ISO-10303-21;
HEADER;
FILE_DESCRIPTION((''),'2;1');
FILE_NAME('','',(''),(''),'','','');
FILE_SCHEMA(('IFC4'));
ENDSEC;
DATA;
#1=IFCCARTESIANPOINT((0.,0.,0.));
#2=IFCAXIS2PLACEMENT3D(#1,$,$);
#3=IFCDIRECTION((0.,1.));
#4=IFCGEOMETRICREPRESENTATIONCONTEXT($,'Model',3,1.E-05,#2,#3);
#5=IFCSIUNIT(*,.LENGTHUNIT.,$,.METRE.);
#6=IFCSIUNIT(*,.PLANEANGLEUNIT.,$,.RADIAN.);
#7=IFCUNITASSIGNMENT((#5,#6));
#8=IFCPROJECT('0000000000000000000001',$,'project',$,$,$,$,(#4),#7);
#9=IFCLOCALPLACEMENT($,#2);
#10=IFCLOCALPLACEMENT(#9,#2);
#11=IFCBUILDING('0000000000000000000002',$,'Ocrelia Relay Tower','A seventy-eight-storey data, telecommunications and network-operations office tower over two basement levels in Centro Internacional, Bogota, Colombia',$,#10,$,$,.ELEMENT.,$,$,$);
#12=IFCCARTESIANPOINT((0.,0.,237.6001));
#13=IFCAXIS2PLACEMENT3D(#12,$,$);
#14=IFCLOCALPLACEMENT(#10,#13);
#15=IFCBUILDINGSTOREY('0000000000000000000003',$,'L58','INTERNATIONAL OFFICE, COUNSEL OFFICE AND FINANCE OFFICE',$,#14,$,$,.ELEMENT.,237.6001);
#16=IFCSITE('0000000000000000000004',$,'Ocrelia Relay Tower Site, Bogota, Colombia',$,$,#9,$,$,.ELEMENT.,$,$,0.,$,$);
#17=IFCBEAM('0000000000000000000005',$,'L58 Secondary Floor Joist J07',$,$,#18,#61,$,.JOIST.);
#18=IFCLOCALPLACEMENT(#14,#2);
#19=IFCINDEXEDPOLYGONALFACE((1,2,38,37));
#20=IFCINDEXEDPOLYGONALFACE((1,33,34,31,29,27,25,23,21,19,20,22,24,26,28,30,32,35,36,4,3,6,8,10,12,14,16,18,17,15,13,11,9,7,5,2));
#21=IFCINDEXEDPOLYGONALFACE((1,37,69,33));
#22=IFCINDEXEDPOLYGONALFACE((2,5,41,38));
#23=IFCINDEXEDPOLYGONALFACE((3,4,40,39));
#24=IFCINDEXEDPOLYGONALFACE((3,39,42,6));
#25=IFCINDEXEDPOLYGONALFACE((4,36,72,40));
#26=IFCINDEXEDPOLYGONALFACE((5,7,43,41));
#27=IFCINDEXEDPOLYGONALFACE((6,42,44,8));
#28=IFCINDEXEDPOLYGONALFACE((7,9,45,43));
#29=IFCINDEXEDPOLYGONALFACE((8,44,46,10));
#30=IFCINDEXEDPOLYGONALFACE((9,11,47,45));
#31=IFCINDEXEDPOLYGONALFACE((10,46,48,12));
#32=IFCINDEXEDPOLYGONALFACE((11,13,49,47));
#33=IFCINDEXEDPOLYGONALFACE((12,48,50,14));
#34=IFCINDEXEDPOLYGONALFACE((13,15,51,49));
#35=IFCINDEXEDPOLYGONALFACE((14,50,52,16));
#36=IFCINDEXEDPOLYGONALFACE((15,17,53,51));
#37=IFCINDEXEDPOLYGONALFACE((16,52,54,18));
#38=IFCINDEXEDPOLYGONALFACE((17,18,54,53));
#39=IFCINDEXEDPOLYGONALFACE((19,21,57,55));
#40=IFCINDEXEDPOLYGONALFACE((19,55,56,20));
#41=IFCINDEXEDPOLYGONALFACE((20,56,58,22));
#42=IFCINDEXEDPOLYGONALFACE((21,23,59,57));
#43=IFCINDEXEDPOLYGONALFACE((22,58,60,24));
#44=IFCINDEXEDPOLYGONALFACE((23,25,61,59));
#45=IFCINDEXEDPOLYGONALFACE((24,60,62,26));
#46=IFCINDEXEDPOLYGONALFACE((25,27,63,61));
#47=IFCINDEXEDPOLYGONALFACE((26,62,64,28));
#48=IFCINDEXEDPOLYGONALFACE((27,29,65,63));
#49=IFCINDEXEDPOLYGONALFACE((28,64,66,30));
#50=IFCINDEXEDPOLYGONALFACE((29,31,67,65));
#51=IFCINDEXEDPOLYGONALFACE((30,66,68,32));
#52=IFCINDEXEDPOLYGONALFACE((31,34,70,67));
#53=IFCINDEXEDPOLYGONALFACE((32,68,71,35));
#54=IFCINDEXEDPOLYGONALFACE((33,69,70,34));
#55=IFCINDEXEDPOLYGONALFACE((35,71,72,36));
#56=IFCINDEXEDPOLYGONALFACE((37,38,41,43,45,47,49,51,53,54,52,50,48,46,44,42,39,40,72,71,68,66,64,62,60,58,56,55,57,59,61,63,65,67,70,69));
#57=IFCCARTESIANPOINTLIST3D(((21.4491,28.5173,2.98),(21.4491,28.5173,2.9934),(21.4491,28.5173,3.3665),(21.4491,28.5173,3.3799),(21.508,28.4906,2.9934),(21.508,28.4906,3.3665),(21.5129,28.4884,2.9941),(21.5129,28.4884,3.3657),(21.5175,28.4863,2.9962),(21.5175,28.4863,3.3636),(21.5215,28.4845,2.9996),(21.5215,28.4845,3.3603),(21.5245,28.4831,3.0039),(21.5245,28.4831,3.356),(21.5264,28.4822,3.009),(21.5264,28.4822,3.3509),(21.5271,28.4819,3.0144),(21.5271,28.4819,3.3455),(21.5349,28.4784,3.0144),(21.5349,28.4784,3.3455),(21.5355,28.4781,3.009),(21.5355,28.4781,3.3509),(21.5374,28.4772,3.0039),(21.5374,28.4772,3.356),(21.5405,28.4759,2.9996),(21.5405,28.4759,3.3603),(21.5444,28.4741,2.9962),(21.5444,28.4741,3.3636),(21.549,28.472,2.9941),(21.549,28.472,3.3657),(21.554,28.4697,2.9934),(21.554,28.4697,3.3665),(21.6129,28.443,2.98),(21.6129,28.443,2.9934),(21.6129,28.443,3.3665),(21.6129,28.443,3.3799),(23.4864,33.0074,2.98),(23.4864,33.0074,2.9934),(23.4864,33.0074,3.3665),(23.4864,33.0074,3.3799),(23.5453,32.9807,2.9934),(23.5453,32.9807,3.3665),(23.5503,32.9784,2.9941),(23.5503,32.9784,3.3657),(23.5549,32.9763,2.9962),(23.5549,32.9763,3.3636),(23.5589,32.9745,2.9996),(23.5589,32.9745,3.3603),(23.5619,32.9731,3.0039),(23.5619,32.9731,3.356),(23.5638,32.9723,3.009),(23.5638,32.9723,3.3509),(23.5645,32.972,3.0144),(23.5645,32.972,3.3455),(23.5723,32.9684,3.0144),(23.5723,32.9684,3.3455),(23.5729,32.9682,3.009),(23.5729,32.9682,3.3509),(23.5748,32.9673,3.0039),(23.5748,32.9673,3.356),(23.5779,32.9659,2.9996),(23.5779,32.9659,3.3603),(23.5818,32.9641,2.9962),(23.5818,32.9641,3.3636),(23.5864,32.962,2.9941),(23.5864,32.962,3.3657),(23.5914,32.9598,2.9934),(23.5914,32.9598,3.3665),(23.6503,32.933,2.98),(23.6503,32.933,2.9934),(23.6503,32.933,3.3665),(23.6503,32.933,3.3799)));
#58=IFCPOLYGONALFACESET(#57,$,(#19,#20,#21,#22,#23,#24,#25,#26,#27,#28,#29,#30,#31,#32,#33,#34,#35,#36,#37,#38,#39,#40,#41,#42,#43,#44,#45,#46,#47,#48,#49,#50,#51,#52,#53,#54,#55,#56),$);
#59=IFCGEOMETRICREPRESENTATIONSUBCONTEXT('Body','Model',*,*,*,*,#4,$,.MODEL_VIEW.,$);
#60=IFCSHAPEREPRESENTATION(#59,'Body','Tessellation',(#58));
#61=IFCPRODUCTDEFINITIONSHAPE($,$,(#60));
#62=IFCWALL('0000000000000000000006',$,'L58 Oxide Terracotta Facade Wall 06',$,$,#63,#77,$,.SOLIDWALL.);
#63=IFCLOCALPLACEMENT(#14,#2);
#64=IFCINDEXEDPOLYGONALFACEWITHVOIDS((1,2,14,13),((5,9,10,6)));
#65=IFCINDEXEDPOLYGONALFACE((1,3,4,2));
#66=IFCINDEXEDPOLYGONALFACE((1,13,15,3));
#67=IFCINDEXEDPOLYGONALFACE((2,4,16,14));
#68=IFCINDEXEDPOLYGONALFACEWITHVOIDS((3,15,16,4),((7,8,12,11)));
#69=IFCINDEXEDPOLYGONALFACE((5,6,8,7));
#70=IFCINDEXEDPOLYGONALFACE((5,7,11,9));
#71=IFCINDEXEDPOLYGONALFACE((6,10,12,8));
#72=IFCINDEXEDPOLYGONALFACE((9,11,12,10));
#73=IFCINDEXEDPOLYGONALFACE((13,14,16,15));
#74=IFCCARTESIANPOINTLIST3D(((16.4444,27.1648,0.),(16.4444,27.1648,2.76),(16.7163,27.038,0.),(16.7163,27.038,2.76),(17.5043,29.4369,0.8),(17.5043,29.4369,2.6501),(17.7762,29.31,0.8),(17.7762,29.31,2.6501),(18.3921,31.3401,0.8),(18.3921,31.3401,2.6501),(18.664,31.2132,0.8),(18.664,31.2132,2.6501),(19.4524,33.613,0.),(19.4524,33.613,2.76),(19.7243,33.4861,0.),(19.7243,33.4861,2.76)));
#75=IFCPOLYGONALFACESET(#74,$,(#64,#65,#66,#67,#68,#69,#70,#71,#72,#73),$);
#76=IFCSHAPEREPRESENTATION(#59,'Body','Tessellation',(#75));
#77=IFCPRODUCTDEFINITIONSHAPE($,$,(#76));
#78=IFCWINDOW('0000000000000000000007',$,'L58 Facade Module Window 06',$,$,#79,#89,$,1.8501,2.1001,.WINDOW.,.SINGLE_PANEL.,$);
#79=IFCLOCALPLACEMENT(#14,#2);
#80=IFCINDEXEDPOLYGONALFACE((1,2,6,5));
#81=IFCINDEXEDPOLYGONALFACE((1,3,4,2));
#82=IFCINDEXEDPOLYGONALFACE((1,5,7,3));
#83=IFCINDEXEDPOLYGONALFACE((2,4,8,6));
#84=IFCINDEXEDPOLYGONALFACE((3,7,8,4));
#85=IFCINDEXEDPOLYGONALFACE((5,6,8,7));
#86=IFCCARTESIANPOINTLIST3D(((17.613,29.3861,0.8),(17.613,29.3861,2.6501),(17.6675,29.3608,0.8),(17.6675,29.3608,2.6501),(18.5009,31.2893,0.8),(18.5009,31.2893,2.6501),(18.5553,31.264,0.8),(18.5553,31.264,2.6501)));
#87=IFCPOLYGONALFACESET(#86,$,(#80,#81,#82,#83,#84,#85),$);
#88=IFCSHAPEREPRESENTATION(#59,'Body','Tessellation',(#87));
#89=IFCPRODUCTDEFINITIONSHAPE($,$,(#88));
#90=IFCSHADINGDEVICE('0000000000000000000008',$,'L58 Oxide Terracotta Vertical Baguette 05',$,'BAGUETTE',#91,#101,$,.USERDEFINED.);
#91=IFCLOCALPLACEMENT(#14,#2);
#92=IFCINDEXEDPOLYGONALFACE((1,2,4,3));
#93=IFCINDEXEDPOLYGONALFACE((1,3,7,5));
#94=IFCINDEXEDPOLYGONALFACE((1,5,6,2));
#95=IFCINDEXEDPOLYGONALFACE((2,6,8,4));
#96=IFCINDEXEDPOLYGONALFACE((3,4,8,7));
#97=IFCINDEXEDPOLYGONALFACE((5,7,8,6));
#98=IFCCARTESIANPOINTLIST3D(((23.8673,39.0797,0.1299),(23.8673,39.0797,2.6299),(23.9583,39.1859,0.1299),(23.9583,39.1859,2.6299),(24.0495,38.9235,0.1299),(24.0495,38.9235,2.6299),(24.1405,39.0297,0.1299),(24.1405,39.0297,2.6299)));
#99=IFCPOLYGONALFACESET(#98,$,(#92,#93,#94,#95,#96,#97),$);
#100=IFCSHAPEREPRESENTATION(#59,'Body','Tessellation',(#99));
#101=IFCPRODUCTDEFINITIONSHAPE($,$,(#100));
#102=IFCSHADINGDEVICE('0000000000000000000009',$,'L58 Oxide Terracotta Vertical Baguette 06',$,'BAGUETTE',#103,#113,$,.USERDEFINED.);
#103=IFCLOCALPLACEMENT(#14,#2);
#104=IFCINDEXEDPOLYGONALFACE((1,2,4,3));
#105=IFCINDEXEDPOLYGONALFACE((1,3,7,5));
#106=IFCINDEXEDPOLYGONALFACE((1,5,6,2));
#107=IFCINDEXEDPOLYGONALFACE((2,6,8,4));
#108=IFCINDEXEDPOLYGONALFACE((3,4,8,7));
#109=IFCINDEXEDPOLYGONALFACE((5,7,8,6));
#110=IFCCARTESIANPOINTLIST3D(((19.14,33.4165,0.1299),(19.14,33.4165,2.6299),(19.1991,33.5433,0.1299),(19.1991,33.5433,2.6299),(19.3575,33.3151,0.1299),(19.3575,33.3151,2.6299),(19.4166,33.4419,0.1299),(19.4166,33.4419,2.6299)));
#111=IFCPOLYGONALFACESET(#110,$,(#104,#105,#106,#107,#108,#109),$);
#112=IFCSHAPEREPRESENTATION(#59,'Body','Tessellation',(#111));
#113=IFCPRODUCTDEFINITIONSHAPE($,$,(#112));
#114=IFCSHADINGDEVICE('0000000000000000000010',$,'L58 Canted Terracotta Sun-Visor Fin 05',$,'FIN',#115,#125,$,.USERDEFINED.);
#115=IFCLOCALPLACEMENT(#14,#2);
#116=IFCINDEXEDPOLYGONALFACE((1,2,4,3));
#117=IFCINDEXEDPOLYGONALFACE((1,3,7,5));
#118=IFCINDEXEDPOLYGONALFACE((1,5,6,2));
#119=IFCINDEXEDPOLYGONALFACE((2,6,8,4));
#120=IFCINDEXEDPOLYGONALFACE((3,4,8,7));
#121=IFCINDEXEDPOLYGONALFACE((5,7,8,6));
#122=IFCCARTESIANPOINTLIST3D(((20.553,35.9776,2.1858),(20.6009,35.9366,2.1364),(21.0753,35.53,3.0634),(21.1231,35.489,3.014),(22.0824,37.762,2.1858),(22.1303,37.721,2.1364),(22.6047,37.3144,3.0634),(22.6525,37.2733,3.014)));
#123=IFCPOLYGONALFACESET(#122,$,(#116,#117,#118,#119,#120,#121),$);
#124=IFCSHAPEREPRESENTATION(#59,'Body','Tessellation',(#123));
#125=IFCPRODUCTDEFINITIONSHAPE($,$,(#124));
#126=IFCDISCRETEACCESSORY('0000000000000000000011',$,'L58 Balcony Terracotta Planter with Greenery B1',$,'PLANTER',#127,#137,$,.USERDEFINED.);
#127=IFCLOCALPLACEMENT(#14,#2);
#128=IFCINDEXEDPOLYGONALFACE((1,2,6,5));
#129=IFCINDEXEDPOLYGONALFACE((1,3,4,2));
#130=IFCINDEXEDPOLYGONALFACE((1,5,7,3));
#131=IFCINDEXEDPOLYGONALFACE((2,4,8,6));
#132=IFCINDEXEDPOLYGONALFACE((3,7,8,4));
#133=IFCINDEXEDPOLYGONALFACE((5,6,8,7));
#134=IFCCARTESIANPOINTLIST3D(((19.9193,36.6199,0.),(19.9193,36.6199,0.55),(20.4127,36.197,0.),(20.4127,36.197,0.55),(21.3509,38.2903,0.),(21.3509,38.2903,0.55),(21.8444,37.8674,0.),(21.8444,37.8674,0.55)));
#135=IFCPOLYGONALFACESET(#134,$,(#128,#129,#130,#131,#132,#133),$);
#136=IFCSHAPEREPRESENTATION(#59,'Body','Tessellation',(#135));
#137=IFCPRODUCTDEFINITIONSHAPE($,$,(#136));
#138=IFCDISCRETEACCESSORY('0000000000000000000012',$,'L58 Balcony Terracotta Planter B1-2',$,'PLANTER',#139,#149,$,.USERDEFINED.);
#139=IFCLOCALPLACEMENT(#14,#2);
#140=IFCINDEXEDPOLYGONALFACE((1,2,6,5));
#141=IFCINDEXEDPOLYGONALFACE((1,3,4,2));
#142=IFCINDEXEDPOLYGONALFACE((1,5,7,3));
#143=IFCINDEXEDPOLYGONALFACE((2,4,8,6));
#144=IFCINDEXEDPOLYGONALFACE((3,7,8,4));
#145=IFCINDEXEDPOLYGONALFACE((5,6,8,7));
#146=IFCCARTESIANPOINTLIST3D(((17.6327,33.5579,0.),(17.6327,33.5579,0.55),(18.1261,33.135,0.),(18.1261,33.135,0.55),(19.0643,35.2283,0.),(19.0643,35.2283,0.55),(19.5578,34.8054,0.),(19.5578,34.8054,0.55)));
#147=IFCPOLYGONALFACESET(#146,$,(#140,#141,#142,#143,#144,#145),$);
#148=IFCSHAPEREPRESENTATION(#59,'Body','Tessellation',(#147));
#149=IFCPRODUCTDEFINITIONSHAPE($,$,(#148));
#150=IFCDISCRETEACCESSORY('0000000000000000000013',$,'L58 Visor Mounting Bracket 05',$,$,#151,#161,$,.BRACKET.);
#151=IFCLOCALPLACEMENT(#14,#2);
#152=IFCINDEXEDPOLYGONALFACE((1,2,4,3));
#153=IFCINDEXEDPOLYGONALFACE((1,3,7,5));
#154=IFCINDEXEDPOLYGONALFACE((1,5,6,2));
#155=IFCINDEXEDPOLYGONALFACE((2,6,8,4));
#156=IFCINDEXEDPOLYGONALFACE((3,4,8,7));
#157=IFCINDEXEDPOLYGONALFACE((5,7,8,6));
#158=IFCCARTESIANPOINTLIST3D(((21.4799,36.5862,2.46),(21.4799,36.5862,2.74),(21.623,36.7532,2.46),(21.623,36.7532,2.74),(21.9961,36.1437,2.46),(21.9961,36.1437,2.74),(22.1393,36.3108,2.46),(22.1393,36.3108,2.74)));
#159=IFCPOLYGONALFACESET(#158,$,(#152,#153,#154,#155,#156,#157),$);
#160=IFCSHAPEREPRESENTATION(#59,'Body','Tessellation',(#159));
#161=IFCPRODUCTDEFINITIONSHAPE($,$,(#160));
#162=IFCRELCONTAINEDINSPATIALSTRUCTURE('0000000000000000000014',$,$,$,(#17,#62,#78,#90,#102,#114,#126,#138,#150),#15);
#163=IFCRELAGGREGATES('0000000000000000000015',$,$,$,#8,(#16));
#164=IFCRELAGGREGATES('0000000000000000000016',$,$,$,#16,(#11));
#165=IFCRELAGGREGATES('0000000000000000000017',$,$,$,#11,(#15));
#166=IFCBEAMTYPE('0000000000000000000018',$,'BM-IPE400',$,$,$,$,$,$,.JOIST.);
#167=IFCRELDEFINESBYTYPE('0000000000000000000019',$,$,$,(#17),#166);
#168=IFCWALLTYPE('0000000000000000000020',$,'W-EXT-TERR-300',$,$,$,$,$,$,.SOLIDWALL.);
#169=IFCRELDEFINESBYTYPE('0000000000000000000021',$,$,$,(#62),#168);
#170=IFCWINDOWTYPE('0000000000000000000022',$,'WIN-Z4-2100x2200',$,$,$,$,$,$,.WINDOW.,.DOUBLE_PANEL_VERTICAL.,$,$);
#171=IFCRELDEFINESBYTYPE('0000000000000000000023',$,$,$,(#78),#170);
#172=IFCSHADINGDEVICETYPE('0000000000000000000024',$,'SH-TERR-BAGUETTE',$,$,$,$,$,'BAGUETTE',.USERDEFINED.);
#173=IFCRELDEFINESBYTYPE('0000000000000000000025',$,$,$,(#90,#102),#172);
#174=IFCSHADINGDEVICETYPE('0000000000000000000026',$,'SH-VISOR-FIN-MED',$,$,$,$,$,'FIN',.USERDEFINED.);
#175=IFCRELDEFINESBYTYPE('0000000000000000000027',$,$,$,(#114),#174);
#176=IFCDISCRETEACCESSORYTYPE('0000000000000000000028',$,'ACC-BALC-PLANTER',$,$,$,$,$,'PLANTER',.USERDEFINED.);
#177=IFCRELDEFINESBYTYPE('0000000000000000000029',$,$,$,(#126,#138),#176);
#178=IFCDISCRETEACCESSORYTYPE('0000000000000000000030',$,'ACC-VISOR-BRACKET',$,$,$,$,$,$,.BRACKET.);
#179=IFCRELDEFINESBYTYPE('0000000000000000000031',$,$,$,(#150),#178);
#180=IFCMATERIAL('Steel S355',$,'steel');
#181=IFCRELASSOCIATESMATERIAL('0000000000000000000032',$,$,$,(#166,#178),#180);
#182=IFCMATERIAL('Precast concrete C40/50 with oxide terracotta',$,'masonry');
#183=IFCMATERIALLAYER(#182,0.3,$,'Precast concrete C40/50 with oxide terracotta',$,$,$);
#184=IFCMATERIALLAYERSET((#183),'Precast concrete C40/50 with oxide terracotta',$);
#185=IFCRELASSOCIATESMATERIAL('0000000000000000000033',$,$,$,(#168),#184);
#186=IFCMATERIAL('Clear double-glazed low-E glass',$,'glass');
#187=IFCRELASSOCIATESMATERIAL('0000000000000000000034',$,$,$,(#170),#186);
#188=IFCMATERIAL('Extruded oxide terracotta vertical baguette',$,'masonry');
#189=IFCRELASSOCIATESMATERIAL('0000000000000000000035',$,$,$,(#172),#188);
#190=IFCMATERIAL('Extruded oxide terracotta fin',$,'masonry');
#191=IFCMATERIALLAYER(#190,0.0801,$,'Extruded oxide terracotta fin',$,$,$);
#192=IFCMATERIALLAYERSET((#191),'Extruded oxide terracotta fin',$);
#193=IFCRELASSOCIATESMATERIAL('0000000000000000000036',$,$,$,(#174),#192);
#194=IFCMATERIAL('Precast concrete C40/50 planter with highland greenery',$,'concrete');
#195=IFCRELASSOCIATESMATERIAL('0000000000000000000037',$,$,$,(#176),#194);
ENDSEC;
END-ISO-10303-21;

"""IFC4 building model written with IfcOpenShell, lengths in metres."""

from ifc_helpers import new_model, si_unit, direction, frame, frame_2d, origin, origin_2d, place, context, subcontext, project, spatial, rectangle, i_section, extrude, material, layer, layer_set, material_profile, profile_set, type_object, element, fill, save


model = new_model("IFC4")

# Units and contexts
model_context = context("Model", 3, precision=1e-05, world=origin(), true_north=direction((0.0, 1.0)))
body_context = subcontext(model_context, "Body", "Model", "MODEL_VIEW")
ifc_project = project(units=[si_unit("LENGTHUNIT", "METRE"), si_unit("PLANEANGLEUNIT", "RADIAN")], contexts=[model_context])

# Site, building, storey
site_placement = place(None, origin())
site = spatial("IfcSite", under=ifc_project, at=site_placement, Name="Ocrelia Relay Tower Site, Bogota, Colombia", CompositionType="ELEMENT", RefElevation=0.0)
building_placement = place(site_placement, origin())
building = spatial("IfcBuilding", under=site, at=building_placement, Name="Ocrelia Relay Tower", Description="A seventy-eight-storey data, telecommunications and network-operations office tower over two basement levels in Centro Internacional, Bogota, Colombia", CompositionType="ELEMENT")
storey_placement = place(building_placement, frame((0.0, 0.0, 237.6001)))
storey = spatial("IfcBuildingStorey", under=building, at=storey_placement, Name="L58", Description="INTERNATIONAL OFFICE, COUNSEL OFFICE AND FINANCE OFFICE", CompositionType="ELEMENT", Elevation=237.6001)

# Beam
ifc_material_1 = material(Name="Steel S355", Category="steel")
ifc_material_profile_1 = material_profile(ifc_material_1, i_section(OverallWidth=0.1799, OverallDepth=0.3999, WebThickness=0.0085, FlangeThickness=0.0134, FilletRadius=0.021, at=origin_2d()), Name="IPE 400")
ifc_profile_set_1 = profile_set([ifc_material_profile_1], Name="Steel S355")
beam_type_1 = type_object("IfcBeamType", Name="BM-IPE400", PredefinedType="JOIST", material=ifc_profile_set_1)
beam_1_placement = place(storey_placement, frame((23.5684, 32.9702, 3.1799), z_axis=(-0.413206, -0.910638, 0.0), x_axis=(0.910638, -0.413206, 0.0)))
element("IfcBeam", 1, at=beam_1_placement, inside=storey, type_object=beam_type_1, Name="L58 Secondary Floor Joist J07", PredefinedType="JOIST", context=body_context, shape_type="SweptSolid", body=[
    extrude(i_section(OverallWidth=0.1799, OverallDepth=0.3999, WebThickness=0.0085, FlangeThickness=0.0134, FilletRadius=0.021, at=origin_2d()), origin(), (0.0, 0.0, 1.0), 4.9307),
])

# Shared definitions
ifc_material_2 = material(Name="Precast concrete C40/50 with oxide terracotta", Category="masonry")
ifc_layer_1 = layer(ifc_material_2, 0.3, Name="Precast concrete C40/50 with oxide terracotta")
ifc_layer_set_1 = layer_set([ifc_layer_1], Name="Precast concrete C40/50 with oxide terracotta")
wall_type = type_object("IfcWallType", Name="W-EXT-TERR-300", PredefinedType="SOLIDWALL", material=ifc_layer_set_1)

# Wall, opening, window
wall_1_placement = place(storey_placement, frame((19.5884, 33.5496, 0.0), z_axis=(0.0, 0.0, 1.0), x_axis=(-0.422756, -0.906244, 0.0)))
wall_1 = element("IfcWall", 2, at=wall_1_placement, inside=storey, type_object=wall_type, Name="L58 Oxide Terracotta Facade Wall 06", PredefinedType="SOLIDWALL", context=body_context, shape_type="SweptSolid", body=[
    extrude(rectangle(XDim=7.1152, YDim=0.3, at=frame_2d((3.5576, 0.0))), origin(), (0.0, 0.0, 1.0), 2.76),
])
opening_1_placement = place(wall_1_placement, frame((2.5081, 0.0, 0.8)))
opening_1 = element("IfcOpeningElement", 3, at=opening_1_placement, cuts=wall_1, PredefinedType="OPENING", context=body_context, shape_type="SweptSolid", body=[
    extrude(rectangle(XDim=2.1001, YDim=1.8501, at=frame_2d((1.05, 0.925))), frame((0.0, 0.1602, 0.0), z_axis=(0.0, -1.0, 0.0), x_axis=(1.0, 0.0, 0.0)), (0.0, 0.0, 1.0), 0.3201),
])
ifc_material_3 = material(Name="Clear double-glazed low-E glass", Category="glass")
window_type = type_object("IfcWindowType", Name="WIN-Z4-2100x2200", PartitioningType="DOUBLE_PANEL_VERTICAL", PredefinedType="WINDOW", material=ifc_material_3)
window_placement = place(opening_1_placement, origin())
window = element("IfcWindow", 4, at=window_placement, inside=storey, type_object=window_type, Name="L58 Facade Module Window 06", OverallHeight=1.8501, OverallWidth=2.1001, PartitioningType="SINGLE_PANEL", PredefinedType="WINDOW", context=body_context, shape_type="SweptSolid", body=[
    extrude(rectangle(XDim=2.1001, YDim=1.8501, at=frame_2d((1.05, 0.925))), frame((0.0, 0.03, 0.0), z_axis=(0.0, -1.0, 0.0), x_axis=(1.0, 0.0, 0.0)), (0.0, 0.0, 1.0), 0.0601),
])
fill(opening_1, window)

# Shading devices
ifc_material_4 = material(Name="Extruded oxide terracotta vertical baguette", Category="masonry")
shading_device_type_1 = type_object("IfcShadingDeviceType", Name="SH-TERR-BAGUETTE", ElementType="BAGUETTE", PredefinedType="USERDEFINED", material=ifc_material_4)
for number, where, z_axis, x_axis, name in (
    (5, (24.0039, 39.0547, 0.1299), (0.0, 0.0, 1.0), (-0.650774, -0.759271, 0.0), "L58 Oxide Terracotta Vertical Baguette 05"),
    (6, (19.2783, 33.4292, 0.1299), (0.0, 0.0, 1.0), (-0.422757, -0.906243, 0.0), "L58 Oxide Terracotta Vertical Baguette 06"),
):
    element("IfcShadingDevice", number, at=place(storey_placement, frame(where, z_axis=z_axis, x_axis=x_axis)), inside=storey, type_object=shading_device_type_1, Name=name, ObjectType="BAGUETTE", PredefinedType="USERDEFINED", context=body_context, shape_type="SweptSolid", body=[
        extrude(rectangle(XDim=0.1399, YDim=0.24, at=origin_2d()), origin(), (0.0, 0.0, 1.0), 2.5),
    ])
ifc_material_5 = material(Name="Extruded oxide terracotta fin", Category="masonry")
ifc_layer_2 = layer(ifc_material_5, 0.0801, Name="Extruded oxide terracotta fin")
ifc_layer_set_2 = layer_set([ifc_layer_2], Name="Extruded oxide terracotta fin")
shading_device_type_2 = type_object("IfcShadingDeviceType", Name="SH-VISOR-FIN-MED", ElementType="FIN", PredefinedType="USERDEFINED", material=ifc_layer_set_2)
shading_device_placement = place(storey_placement, frame((21.6267, 36.605, 2.5752), z_axis=(-0.597579, 0.512187, 0.616899), x_axis=(-0.650774, -0.759271, 0.0)))
element("IfcShadingDevice", 7, at=shading_device_placement, inside=storey, type_object=shading_device_type_2, Name="L58 Canted Terracotta Sun-Visor Fin 05", ObjectType="FIN", PredefinedType="USERDEFINED", context=body_context, shape_type="SweptSolid", body=[
    extrude(rectangle(XDim=2.3501, YDim=1.115, at=origin_2d()), origin(), (0.0, 0.0, 1.0), 0.0801),
])

# Discrete accessories
ifc_material_6 = material(Name="Precast concrete C40/50 planter with highland greenery", Category="concrete")
discrete_accessory_type_1 = type_object("IfcDiscreteAccessoryType", Name="ACC-BALC-PLANTER", ElementType="PLANTER", PredefinedType="USERDEFINED", material=ifc_material_6)
for number, where, z_axis, x_axis, name in (
    (8, (20.8818, 37.2437, 0.0), (0.0, 0.0, 1.0), (0.65077, 0.759275, 0.0), "L58 Balcony Terracotta Planter with Greenery B1"),
    (9, (18.5952, 34.1816, 0.0), (0.0, 0.0, 1.0), (0.65077, 0.759275, 0.0), "L58 Balcony Terracotta Planter B1-2"),
):
    element("IfcDiscreteAccessory", number, at=place(storey_placement, frame(where, z_axis=z_axis, x_axis=x_axis)), inside=storey, type_object=discrete_accessory_type_1, Name=name, ObjectType="PLANTER", PredefinedType="USERDEFINED", context=body_context, shape_type="SweptSolid", body=[
        extrude(rectangle(XDim=2.2, YDim=0.6499, at=origin_2d()), origin(), (0.0, 0.0, 1.0), 0.55),
    ])
discrete_accessory_type_2 = type_object("IfcDiscreteAccessoryType", Name="ACC-VISOR-BRACKET", PredefinedType="BRACKET", material=ifc_material_1)
discrete_accessory_placement = place(storey_placement, frame((21.8096, 36.4485, 2.46), z_axis=(0.0, 0.0, 1.0), x_axis=(-0.650774, -0.759271, 0.0)))
element("IfcDiscreteAccessory", 10, at=discrete_accessory_placement, inside=storey, type_object=discrete_accessory_type_2, Name="L58 Visor Mounting Bracket 05", PredefinedType="BRACKET", context=body_context, shape_type="SweptSolid", body=[
    extrude(rectangle(XDim=0.22, YDim=0.6799, at=origin_2d()), origin(), (0.0, 0.0, 1.0), 0.28),
])

save(model, "model.ifc")
